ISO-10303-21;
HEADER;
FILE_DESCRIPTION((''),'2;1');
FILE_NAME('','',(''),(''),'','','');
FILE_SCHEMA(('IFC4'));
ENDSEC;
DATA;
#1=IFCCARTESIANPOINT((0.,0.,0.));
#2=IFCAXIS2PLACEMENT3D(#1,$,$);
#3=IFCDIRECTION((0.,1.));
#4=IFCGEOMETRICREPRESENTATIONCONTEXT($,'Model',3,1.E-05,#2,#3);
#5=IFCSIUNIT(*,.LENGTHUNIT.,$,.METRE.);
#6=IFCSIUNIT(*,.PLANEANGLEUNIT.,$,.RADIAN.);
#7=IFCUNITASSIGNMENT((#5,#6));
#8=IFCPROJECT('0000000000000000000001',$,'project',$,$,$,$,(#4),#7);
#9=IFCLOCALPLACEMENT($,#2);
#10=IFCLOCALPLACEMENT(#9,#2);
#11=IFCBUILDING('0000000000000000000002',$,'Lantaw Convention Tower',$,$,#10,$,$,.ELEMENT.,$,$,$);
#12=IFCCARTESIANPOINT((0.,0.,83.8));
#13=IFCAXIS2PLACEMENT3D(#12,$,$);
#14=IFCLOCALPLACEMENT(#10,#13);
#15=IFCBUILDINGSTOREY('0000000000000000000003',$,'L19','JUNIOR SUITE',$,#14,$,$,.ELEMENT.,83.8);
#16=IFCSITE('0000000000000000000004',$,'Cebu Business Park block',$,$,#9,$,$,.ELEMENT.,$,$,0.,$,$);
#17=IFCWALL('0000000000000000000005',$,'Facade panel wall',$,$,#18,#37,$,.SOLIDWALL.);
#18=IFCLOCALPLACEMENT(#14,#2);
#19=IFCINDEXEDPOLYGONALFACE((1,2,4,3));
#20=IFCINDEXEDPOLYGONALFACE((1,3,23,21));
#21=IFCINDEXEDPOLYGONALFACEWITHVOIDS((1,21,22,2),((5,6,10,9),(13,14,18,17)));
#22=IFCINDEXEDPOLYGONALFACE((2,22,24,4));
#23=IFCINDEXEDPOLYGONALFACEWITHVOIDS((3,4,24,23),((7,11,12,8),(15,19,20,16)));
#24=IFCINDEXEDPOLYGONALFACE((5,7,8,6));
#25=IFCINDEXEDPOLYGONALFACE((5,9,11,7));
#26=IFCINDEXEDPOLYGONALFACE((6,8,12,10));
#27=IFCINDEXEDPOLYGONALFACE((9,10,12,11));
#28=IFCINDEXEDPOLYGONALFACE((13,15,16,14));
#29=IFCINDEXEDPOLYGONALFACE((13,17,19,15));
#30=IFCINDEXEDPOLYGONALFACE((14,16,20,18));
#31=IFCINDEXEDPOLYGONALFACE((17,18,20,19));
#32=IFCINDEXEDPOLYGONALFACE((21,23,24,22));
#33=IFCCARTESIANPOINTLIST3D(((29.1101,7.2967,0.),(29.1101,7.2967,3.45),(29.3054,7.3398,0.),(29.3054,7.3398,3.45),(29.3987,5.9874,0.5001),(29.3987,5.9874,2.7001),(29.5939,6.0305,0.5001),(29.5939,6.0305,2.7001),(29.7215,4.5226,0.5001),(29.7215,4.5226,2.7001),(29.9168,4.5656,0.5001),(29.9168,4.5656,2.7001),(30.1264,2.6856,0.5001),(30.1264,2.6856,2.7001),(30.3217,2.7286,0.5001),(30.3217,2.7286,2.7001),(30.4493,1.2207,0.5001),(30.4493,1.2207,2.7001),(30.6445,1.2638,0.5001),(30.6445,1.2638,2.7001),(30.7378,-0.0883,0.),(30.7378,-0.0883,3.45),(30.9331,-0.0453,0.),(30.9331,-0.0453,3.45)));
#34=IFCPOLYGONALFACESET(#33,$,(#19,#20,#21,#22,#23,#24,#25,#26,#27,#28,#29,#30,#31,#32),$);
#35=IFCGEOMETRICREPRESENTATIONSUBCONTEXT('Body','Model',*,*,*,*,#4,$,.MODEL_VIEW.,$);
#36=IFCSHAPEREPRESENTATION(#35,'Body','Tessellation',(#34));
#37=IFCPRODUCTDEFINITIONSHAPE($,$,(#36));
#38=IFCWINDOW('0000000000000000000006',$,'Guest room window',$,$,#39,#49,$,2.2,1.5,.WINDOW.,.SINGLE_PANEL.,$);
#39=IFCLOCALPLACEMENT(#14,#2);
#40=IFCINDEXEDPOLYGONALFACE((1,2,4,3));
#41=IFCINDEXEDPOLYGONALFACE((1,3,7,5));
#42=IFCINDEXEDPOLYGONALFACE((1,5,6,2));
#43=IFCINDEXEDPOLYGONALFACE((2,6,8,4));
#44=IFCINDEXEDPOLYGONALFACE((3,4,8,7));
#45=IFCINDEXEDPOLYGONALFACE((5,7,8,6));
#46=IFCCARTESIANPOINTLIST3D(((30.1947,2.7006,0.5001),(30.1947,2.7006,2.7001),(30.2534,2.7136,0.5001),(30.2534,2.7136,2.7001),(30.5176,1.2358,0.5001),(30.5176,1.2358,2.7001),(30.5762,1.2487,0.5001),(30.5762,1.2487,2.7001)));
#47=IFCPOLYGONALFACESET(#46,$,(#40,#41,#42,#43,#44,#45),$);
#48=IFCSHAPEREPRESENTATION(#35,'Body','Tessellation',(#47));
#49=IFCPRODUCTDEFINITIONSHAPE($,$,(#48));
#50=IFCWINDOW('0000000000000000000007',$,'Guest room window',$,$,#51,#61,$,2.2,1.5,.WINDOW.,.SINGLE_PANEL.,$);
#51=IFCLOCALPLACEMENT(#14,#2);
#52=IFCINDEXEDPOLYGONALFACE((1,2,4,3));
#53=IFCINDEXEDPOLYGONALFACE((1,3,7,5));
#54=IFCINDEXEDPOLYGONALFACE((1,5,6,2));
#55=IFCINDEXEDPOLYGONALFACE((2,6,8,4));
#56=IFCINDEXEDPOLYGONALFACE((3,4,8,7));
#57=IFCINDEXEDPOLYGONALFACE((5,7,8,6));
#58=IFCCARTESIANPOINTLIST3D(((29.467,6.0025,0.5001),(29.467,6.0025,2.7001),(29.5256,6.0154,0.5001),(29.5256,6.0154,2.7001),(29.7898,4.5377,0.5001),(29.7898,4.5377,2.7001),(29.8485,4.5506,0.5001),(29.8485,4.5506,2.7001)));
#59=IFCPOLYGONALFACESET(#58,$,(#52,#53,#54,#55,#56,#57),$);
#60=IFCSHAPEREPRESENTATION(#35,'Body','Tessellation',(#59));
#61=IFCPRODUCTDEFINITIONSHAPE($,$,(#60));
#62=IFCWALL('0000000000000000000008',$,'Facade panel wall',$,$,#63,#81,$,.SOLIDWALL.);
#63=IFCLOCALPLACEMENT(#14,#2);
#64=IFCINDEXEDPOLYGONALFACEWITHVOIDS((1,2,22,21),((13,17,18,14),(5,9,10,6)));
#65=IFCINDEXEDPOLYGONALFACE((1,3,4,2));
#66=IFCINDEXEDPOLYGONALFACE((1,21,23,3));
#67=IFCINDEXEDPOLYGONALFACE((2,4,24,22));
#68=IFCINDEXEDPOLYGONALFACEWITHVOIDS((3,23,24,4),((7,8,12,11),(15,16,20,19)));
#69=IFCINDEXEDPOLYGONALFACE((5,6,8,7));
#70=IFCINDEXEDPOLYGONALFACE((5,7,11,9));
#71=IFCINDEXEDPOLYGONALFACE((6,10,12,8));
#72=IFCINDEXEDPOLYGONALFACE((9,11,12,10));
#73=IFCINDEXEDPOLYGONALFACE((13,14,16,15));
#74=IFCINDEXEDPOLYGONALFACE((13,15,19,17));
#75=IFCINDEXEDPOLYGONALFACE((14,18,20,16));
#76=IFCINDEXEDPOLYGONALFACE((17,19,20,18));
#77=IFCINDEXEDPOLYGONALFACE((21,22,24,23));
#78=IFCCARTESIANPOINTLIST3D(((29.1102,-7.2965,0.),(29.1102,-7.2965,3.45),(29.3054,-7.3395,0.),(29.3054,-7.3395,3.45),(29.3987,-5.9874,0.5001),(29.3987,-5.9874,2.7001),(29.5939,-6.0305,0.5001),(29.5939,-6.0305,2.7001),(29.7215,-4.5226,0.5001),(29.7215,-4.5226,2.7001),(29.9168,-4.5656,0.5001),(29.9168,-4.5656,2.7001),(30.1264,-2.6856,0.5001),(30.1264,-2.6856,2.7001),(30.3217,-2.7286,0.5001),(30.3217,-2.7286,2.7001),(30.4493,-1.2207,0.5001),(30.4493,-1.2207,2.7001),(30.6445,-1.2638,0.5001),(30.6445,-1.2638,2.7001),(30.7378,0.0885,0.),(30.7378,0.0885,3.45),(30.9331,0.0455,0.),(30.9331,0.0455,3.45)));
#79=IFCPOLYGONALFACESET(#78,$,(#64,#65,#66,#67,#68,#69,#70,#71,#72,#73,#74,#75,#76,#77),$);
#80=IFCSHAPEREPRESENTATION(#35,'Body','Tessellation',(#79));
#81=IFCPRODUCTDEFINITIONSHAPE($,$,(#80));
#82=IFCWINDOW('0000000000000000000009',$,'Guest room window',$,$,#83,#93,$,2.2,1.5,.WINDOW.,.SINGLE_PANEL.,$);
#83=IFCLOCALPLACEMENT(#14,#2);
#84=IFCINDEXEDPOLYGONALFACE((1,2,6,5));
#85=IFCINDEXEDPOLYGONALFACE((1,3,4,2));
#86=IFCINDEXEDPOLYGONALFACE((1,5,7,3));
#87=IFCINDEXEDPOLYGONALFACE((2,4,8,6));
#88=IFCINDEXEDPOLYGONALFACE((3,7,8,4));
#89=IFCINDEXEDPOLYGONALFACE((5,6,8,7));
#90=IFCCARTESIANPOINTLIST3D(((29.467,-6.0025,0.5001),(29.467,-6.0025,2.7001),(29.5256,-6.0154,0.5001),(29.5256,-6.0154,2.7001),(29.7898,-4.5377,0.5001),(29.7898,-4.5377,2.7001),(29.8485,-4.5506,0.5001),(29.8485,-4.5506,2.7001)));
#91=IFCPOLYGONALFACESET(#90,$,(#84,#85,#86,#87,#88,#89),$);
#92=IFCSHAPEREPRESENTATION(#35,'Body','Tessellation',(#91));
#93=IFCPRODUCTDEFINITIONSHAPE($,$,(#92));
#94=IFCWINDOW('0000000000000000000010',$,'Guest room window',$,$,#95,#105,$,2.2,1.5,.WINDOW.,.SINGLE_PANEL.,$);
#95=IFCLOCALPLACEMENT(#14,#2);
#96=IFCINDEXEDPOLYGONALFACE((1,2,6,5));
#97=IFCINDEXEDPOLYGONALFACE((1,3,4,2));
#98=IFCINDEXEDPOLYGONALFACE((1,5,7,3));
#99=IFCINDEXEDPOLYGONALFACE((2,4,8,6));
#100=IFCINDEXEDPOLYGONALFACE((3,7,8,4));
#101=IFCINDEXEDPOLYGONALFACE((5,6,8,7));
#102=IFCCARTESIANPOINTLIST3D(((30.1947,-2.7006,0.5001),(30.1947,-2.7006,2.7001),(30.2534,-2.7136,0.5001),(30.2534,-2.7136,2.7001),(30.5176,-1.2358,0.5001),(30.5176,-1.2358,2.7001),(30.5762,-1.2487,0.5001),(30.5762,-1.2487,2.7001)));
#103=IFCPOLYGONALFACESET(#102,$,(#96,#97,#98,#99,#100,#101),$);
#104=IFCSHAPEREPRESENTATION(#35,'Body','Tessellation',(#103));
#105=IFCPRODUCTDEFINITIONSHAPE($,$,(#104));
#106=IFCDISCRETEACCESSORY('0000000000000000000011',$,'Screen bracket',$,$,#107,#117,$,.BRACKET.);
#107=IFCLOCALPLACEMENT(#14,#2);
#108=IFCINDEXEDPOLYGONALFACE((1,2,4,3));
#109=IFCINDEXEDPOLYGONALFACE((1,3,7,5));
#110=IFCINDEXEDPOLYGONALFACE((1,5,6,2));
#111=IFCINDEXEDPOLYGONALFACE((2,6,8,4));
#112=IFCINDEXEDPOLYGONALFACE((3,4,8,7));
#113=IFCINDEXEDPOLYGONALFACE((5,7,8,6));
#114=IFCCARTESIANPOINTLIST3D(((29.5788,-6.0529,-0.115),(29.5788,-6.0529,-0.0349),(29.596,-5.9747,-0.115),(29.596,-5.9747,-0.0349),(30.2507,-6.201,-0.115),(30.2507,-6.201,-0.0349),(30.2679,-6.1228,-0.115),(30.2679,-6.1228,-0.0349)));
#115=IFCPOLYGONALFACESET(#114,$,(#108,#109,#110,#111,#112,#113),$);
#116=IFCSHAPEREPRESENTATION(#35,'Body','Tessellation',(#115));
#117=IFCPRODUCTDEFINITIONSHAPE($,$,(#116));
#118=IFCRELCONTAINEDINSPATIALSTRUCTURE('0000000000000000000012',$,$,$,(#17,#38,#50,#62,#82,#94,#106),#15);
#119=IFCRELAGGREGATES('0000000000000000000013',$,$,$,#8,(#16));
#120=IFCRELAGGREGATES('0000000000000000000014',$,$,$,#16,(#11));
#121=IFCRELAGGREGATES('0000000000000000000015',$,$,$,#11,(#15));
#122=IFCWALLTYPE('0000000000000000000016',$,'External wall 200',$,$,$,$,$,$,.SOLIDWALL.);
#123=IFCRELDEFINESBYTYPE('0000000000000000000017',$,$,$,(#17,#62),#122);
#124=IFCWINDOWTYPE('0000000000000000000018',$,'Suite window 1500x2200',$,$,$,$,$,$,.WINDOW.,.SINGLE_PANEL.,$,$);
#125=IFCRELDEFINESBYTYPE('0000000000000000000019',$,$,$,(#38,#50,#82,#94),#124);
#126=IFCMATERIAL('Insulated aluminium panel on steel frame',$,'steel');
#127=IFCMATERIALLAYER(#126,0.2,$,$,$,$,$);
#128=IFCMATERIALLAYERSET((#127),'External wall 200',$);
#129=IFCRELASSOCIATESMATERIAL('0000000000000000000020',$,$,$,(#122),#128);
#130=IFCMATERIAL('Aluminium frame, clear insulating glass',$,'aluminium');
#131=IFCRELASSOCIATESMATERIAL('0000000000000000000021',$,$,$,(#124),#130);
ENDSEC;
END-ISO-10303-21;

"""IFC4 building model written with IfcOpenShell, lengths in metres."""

from ifc_helpers import new_model, si_unit, direction, frame, frame_2d, origin, origin_2d, place, context, subcontext, project, spatial, rectangle, extrude, material, layer, layer_set, type_object, element, fill, save


model = new_model("IFC4")

# Units and contexts
model_context = context("Model", 3, precision=1e-05, world=origin(), true_north=direction((0.0, 1.0)))
body_context = subcontext(model_context, "Body", "Model", "MODEL_VIEW")
ifc_project = project(units=[si_unit("LENGTHUNIT", "METRE"), si_unit("PLANEANGLEUNIT", "RADIAN")], contexts=[model_context])

# Site, building, storey
site_placement = place(None, origin())
site = spatial("IfcSite", under=ifc_project, at=site_placement, Name="Cebu Business Park block", CompositionType="ELEMENT", RefElevation=0.0)
building_placement = place(site_placement, origin())
building = spatial("IfcBuilding", under=site, at=building_placement, Name="Lantaw Convention Tower", CompositionType="ELEMENT")
storey_placement = place(building_placement, frame((0.0, 0.0, 83.8)))
storey = spatial("IfcBuildingStorey", under=building, at=storey_placement, Name="L19", Description="JUNIOR SUITE", CompositionType="ELEMENT", Elevation=83.8)

# Walls, openings, windows
ifc_material_1 = material(Name="Insulated aluminium panel on steel frame", Category="steel")
ifc_layer_1 = layer(ifc_material_1, 0.2)
ifc_layer_set_1 = layer_set([ifc_layer_1], Name="External wall 200")
wall_type_1 = type_object("IfcWallType", Name="External wall 200", PredefinedType="SOLIDWALL", material=ifc_layer_set_1)
wall_1_placement = place(storey_placement, frame((30.8354, -0.0669, 0.0), z_axis=(0.0, 0.0, 1.0), x_axis=(-0.215238, 0.976562, 0.0)))
wall_1 = element("IfcWall", 1, at=wall_1_placement, inside=storey, type_object=wall_type_1, Name="Facade panel wall", PredefinedType="SOLIDWALL", context=body_context, shape_type="SweptSolid", body=[
    extrude(rectangle(XDim=7.5623, YDim=0.2, at=frame_2d((3.7812, 0.0))), origin(), (0.0, 0.0, 1.0), 3.45),
])
opening_1_placement = place(wall_1_placement, frame((1.3406, 0.0, 0.5)))
opening_1 = element("IfcOpeningElement", 2, at=opening_1_placement, cuts=wall_1, PredefinedType="OPENING", context=body_context, shape_type="SweptSolid", body=[
    extrude(rectangle(XDim=1.5, YDim=2.2, at=frame_2d((0.75, 1.1001))), frame((0.0, 0.1099, 0.0), z_axis=(0.0, -1.0, 0.0), x_axis=(1.0, 0.0, 0.0)), (0.0, 0.0, 1.0), 0.22),
])
opening_2_placement = place(wall_1_placement, frame((4.7217, 0.0, 0.5)))
opening_2 = element("IfcOpeningElement", 3, at=opening_2_placement, cuts=wall_1, PredefinedType="OPENING", context=body_context, shape_type="SweptSolid", body=[
    extrude(rectangle(XDim=1.5, YDim=2.2, at=frame_2d((0.75, 1.1001))), frame((0.0, 0.1099, 0.0), z_axis=(0.0, -1.0, 0.0), x_axis=(1.0, 0.0, 0.0)), (0.0, 0.0, 1.0), 0.22),
])
ifc_material_2 = material(Name="Aluminium frame, clear insulating glass", Category="aluminium")
window_type = type_object("IfcWindowType", Name="Suite window 1500x2200", PartitioningType="SINGLE_PANEL", PredefinedType="WINDOW", material=ifc_material_2)
window_1_placement = place(opening_1_placement, origin())
window_1 = element("IfcWindow", 4, at=window_1_placement, inside=storey, type_object=window_type, Name="Guest room window", OverallHeight=2.2, OverallWidth=1.5, PartitioningType="SINGLE_PANEL", PredefinedType="WINDOW", context=body_context, shape_type="SweptSolid", body=[
    extrude(rectangle(XDim=1.5, YDim=2.2, at=frame_2d((0.75, 1.1001))), frame((0.0, 0.03, 0.0), z_axis=(0.0, -1.0, 0.0), x_axis=(1.0, 0.0, 0.0)), (0.0, 0.0, 1.0), 0.0601),
])
fill(opening_1, window_1)
window_2_placement = place(opening_2_placement, origin())
window_2 = element("IfcWindow", 5, at=window_2_placement, inside=storey, type_object=window_type, Name="Guest room window", OverallHeight=2.2, OverallWidth=1.5, PartitioningType="SINGLE_PANEL", PredefinedType="WINDOW", context=body_context, shape_type="SweptSolid", body=[
    extrude(rectangle(XDim=1.5, YDim=2.2, at=frame_2d((0.75, 1.1001))), frame((0.0, 0.03, 0.0), z_axis=(0.0, -1.0, 0.0), x_axis=(1.0, 0.0, 0.0)), (0.0, 0.0, 1.0), 0.0601),
])
fill(opening_2, window_2)
wall_2_placement = place(storey_placement, frame((29.2078, -7.3181, 0.0), z_axis=(0.0, 0.0, 1.0), x_axis=(0.215238, 0.976562, 0.0)))
wall_2 = element("IfcWall", 6, at=wall_2_placement, inside=storey, type_object=wall_type_1, Name="Facade panel wall", PredefinedType="SOLIDWALL", context=body_context, shape_type="SweptSolid", body=[
    extrude(rectangle(XDim=7.5623, YDim=0.2, at=frame_2d((3.7812, 0.0))), origin(), (0.0, 0.0, 1.0), 3.45),
])
opening_3_placement = place(wall_2_placement, frame((1.3406, 0.0, 0.5)))
opening_3 = element("IfcOpeningElement", 7, at=opening_3_placement, cuts=wall_2, PredefinedType="OPENING", context=body_context, shape_type="SweptSolid", body=[
    extrude(rectangle(XDim=1.5, YDim=2.2, at=frame_2d((0.75, 1.1001))), frame((0.0, 0.1099, 0.0), z_axis=(0.0, -1.0, 0.0), x_axis=(1.0, 0.0, 0.0)), (0.0, 0.0, 1.0), 0.22),
])
opening_4_placement = place(wall_2_placement, frame((4.7217, 0.0, 0.5)))
opening_4 = element("IfcOpeningElement", 8, at=opening_4_placement, cuts=wall_2, PredefinedType="OPENING", context=body_context, shape_type="SweptSolid", body=[
    extrude(rectangle(XDim=1.5, YDim=2.2, at=frame_2d((0.75, 1.1001))), frame((0.0, 0.1099, 0.0), z_axis=(0.0, -1.0, 0.0), x_axis=(1.0, 0.0, 0.0)), (0.0, 0.0, 1.0), 0.22),
])
window_3_placement = place(opening_3_placement, origin())
window_3 = element("IfcWindow", 9, at=window_3_placement, inside=storey, type_object=window_type, Name="Guest room window", OverallHeight=2.2, OverallWidth=1.5, PartitioningType="SINGLE_PANEL", PredefinedType="WINDOW", context=body_context, shape_type="SweptSolid", body=[
    extrude(rectangle(XDim=1.5, YDim=2.2, at=frame_2d((0.75, 1.1001))), frame((0.0, 0.03, 0.0), z_axis=(0.0, -1.0, 0.0), x_axis=(1.0, 0.0, 0.0)), (0.0, 0.0, 1.0), 0.0601),
])
fill(opening_3, window_3)
window_4_placement = place(opening_4_placement, origin())
window_4 = element("IfcWindow", 10, at=window_4_placement, inside=storey, type_object=window_type, Name="Guest room window", OverallHeight=2.2, OverallWidth=1.5, PartitioningType="SINGLE_PANEL", PredefinedType="WINDOW", context=body_context, shape_type="SweptSolid", body=[
    extrude(rectangle(XDim=1.5, YDim=2.2, at=frame_2d((0.75, 1.1001))), frame((0.0, 0.03, 0.0), z_axis=(0.0, -1.0, 0.0), x_axis=(1.0, 0.0, 0.0)), (0.0, 0.0, 1.0), 0.0601),
])
fill(opening_4, window_4)

# Discrete accessory
discrete_accessory_placement = place(storey_placement, frame((29.9233, -6.0879, -0.115), z_axis=(0.0, 0.0, 1.0), x_axis=(0.215246, 0.97656, 0.0)))
element("IfcDiscreteAccessory", 11, at=discrete_accessory_placement, inside=storey, Name="Screen bracket", PredefinedType="BRACKET", context=body_context, shape_type="SweptSolid", body=[
    extrude(rectangle(XDim=0.0801, YDim=0.688, at=origin_2d()), origin(), (0.0, 0.0, 1.0), 0.0801),
])

save(model, "model.ifc")
